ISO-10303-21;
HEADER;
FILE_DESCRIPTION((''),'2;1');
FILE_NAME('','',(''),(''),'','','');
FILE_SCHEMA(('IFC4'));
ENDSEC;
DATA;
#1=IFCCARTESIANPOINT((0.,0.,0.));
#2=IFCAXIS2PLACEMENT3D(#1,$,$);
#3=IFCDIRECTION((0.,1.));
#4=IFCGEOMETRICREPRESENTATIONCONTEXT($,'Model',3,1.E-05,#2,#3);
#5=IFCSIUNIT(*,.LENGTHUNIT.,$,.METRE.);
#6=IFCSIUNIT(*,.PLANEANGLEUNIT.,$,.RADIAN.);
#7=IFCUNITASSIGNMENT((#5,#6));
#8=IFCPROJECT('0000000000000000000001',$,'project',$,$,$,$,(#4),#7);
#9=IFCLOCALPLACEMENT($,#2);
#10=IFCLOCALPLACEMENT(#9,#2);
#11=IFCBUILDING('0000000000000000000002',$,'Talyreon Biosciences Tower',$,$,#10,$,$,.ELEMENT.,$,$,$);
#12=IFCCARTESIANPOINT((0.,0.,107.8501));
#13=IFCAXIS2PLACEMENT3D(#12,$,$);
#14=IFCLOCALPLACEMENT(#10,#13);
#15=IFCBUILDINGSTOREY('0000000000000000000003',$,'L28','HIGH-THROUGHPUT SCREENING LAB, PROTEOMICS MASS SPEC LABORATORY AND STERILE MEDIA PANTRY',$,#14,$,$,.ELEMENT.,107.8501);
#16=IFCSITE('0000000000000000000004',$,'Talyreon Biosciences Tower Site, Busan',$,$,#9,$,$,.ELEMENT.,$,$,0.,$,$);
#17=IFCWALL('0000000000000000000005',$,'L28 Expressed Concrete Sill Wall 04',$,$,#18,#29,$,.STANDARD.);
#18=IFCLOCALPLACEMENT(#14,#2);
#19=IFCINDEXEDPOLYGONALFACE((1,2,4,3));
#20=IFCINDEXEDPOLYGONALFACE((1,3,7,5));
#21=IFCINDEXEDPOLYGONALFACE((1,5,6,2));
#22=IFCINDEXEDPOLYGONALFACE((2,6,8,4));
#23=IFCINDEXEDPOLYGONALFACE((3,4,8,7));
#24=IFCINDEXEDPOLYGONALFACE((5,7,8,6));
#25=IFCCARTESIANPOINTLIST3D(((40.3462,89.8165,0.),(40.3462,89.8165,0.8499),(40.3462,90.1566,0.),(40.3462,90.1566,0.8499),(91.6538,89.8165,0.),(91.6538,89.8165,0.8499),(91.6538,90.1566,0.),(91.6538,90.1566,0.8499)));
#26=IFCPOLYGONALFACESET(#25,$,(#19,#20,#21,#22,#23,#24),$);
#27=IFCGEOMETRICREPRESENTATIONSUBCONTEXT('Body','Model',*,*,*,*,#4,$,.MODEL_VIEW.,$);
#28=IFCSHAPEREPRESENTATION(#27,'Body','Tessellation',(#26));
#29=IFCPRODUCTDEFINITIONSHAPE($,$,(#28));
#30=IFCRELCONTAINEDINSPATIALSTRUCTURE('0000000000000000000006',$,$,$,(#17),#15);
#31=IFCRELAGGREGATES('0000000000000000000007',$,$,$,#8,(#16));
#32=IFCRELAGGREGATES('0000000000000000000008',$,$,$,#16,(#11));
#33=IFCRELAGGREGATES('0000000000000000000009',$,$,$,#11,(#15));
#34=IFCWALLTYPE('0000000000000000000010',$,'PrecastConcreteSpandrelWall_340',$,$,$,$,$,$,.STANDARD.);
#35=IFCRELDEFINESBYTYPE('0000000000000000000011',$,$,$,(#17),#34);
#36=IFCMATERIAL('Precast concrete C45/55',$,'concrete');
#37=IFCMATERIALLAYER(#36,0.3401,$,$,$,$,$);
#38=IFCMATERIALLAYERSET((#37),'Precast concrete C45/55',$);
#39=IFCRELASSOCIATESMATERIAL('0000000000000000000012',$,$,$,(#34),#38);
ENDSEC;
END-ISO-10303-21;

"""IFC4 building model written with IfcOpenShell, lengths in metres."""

from ifc_helpers import new_model, si_unit, direction, frame, frame_2d, origin, place, context, subcontext, project, spatial, rectangle, extrude, material, layer, layer_set, type_object, element, save


model = new_model("IFC4")

# Units and contexts
model_context = context("Model", 3, precision=1e-05, world=origin(), true_north=direction((0.0, 1.0)))
body_context = subcontext(model_context, "Body", "Model", "MODEL_VIEW")
ifc_project = project(units=[si_unit("LENGTHUNIT", "METRE"), si_unit("PLANEANGLEUNIT", "RADIAN")], contexts=[model_context])

# Site, building, storey
site_placement = place(None, origin())
site = spatial("IfcSite", under=ifc_project, at=site_placement, Name="Talyreon Biosciences Tower Site, Busan", CompositionType="ELEMENT", RefElevation=0.0)
building_placement = place(site_placement, origin())
building = spatial("IfcBuilding", under=site, at=building_placement, Name="Talyreon Biosciences Tower", CompositionType="ELEMENT")
storey_placement = place(building_placement, frame((0.0, 0.0, 107.8501)))
storey = spatial("IfcBuildingStorey", under=building, at=storey_placement, Name="L28", Description="HIGH-THROUGHPUT SCREENING LAB, PROTEOMICS MASS SPEC LABORATORY AND STERILE MEDIA PANTRY", CompositionType="ELEMENT", Elevation=107.8501)

# Shared definitions
ifc_material_1 = material(Name="Precast concrete C45/55", Category="concrete")

# Wall
ifc_layer_1 = layer(ifc_material_1, 0.3401)
ifc_layer_set_1 = layer_set([ifc_layer_1], Name="Precast concrete C45/55")
wall_type_1 = type_object("IfcWallType", Name="PrecastConcreteSpandrelWall_340", PredefinedType="STANDARD", material=ifc_layer_set_1)
wall_1_placement = place(storey_placement, frame((40.3462, 89.9866, 0.0), z_axis=(0.0, 0.0, 1.0), x_axis=(1.0, 0.0, 0.0)))
element("IfcWall", 1, at=wall_1_placement, inside=storey, type_object=wall_type_1, Name="L28 Expressed Concrete Sill Wall 04", PredefinedType="STANDARD", context=body_context, shape_type="SweptSolid", body=[
    extrude(rectangle(XDim=51.3076, YDim=0.3401, at=frame_2d((25.6538, 0.0))), origin(), (0.0, 0.0, 1.0), 0.8499),
])

save(model, "model.ifc")
